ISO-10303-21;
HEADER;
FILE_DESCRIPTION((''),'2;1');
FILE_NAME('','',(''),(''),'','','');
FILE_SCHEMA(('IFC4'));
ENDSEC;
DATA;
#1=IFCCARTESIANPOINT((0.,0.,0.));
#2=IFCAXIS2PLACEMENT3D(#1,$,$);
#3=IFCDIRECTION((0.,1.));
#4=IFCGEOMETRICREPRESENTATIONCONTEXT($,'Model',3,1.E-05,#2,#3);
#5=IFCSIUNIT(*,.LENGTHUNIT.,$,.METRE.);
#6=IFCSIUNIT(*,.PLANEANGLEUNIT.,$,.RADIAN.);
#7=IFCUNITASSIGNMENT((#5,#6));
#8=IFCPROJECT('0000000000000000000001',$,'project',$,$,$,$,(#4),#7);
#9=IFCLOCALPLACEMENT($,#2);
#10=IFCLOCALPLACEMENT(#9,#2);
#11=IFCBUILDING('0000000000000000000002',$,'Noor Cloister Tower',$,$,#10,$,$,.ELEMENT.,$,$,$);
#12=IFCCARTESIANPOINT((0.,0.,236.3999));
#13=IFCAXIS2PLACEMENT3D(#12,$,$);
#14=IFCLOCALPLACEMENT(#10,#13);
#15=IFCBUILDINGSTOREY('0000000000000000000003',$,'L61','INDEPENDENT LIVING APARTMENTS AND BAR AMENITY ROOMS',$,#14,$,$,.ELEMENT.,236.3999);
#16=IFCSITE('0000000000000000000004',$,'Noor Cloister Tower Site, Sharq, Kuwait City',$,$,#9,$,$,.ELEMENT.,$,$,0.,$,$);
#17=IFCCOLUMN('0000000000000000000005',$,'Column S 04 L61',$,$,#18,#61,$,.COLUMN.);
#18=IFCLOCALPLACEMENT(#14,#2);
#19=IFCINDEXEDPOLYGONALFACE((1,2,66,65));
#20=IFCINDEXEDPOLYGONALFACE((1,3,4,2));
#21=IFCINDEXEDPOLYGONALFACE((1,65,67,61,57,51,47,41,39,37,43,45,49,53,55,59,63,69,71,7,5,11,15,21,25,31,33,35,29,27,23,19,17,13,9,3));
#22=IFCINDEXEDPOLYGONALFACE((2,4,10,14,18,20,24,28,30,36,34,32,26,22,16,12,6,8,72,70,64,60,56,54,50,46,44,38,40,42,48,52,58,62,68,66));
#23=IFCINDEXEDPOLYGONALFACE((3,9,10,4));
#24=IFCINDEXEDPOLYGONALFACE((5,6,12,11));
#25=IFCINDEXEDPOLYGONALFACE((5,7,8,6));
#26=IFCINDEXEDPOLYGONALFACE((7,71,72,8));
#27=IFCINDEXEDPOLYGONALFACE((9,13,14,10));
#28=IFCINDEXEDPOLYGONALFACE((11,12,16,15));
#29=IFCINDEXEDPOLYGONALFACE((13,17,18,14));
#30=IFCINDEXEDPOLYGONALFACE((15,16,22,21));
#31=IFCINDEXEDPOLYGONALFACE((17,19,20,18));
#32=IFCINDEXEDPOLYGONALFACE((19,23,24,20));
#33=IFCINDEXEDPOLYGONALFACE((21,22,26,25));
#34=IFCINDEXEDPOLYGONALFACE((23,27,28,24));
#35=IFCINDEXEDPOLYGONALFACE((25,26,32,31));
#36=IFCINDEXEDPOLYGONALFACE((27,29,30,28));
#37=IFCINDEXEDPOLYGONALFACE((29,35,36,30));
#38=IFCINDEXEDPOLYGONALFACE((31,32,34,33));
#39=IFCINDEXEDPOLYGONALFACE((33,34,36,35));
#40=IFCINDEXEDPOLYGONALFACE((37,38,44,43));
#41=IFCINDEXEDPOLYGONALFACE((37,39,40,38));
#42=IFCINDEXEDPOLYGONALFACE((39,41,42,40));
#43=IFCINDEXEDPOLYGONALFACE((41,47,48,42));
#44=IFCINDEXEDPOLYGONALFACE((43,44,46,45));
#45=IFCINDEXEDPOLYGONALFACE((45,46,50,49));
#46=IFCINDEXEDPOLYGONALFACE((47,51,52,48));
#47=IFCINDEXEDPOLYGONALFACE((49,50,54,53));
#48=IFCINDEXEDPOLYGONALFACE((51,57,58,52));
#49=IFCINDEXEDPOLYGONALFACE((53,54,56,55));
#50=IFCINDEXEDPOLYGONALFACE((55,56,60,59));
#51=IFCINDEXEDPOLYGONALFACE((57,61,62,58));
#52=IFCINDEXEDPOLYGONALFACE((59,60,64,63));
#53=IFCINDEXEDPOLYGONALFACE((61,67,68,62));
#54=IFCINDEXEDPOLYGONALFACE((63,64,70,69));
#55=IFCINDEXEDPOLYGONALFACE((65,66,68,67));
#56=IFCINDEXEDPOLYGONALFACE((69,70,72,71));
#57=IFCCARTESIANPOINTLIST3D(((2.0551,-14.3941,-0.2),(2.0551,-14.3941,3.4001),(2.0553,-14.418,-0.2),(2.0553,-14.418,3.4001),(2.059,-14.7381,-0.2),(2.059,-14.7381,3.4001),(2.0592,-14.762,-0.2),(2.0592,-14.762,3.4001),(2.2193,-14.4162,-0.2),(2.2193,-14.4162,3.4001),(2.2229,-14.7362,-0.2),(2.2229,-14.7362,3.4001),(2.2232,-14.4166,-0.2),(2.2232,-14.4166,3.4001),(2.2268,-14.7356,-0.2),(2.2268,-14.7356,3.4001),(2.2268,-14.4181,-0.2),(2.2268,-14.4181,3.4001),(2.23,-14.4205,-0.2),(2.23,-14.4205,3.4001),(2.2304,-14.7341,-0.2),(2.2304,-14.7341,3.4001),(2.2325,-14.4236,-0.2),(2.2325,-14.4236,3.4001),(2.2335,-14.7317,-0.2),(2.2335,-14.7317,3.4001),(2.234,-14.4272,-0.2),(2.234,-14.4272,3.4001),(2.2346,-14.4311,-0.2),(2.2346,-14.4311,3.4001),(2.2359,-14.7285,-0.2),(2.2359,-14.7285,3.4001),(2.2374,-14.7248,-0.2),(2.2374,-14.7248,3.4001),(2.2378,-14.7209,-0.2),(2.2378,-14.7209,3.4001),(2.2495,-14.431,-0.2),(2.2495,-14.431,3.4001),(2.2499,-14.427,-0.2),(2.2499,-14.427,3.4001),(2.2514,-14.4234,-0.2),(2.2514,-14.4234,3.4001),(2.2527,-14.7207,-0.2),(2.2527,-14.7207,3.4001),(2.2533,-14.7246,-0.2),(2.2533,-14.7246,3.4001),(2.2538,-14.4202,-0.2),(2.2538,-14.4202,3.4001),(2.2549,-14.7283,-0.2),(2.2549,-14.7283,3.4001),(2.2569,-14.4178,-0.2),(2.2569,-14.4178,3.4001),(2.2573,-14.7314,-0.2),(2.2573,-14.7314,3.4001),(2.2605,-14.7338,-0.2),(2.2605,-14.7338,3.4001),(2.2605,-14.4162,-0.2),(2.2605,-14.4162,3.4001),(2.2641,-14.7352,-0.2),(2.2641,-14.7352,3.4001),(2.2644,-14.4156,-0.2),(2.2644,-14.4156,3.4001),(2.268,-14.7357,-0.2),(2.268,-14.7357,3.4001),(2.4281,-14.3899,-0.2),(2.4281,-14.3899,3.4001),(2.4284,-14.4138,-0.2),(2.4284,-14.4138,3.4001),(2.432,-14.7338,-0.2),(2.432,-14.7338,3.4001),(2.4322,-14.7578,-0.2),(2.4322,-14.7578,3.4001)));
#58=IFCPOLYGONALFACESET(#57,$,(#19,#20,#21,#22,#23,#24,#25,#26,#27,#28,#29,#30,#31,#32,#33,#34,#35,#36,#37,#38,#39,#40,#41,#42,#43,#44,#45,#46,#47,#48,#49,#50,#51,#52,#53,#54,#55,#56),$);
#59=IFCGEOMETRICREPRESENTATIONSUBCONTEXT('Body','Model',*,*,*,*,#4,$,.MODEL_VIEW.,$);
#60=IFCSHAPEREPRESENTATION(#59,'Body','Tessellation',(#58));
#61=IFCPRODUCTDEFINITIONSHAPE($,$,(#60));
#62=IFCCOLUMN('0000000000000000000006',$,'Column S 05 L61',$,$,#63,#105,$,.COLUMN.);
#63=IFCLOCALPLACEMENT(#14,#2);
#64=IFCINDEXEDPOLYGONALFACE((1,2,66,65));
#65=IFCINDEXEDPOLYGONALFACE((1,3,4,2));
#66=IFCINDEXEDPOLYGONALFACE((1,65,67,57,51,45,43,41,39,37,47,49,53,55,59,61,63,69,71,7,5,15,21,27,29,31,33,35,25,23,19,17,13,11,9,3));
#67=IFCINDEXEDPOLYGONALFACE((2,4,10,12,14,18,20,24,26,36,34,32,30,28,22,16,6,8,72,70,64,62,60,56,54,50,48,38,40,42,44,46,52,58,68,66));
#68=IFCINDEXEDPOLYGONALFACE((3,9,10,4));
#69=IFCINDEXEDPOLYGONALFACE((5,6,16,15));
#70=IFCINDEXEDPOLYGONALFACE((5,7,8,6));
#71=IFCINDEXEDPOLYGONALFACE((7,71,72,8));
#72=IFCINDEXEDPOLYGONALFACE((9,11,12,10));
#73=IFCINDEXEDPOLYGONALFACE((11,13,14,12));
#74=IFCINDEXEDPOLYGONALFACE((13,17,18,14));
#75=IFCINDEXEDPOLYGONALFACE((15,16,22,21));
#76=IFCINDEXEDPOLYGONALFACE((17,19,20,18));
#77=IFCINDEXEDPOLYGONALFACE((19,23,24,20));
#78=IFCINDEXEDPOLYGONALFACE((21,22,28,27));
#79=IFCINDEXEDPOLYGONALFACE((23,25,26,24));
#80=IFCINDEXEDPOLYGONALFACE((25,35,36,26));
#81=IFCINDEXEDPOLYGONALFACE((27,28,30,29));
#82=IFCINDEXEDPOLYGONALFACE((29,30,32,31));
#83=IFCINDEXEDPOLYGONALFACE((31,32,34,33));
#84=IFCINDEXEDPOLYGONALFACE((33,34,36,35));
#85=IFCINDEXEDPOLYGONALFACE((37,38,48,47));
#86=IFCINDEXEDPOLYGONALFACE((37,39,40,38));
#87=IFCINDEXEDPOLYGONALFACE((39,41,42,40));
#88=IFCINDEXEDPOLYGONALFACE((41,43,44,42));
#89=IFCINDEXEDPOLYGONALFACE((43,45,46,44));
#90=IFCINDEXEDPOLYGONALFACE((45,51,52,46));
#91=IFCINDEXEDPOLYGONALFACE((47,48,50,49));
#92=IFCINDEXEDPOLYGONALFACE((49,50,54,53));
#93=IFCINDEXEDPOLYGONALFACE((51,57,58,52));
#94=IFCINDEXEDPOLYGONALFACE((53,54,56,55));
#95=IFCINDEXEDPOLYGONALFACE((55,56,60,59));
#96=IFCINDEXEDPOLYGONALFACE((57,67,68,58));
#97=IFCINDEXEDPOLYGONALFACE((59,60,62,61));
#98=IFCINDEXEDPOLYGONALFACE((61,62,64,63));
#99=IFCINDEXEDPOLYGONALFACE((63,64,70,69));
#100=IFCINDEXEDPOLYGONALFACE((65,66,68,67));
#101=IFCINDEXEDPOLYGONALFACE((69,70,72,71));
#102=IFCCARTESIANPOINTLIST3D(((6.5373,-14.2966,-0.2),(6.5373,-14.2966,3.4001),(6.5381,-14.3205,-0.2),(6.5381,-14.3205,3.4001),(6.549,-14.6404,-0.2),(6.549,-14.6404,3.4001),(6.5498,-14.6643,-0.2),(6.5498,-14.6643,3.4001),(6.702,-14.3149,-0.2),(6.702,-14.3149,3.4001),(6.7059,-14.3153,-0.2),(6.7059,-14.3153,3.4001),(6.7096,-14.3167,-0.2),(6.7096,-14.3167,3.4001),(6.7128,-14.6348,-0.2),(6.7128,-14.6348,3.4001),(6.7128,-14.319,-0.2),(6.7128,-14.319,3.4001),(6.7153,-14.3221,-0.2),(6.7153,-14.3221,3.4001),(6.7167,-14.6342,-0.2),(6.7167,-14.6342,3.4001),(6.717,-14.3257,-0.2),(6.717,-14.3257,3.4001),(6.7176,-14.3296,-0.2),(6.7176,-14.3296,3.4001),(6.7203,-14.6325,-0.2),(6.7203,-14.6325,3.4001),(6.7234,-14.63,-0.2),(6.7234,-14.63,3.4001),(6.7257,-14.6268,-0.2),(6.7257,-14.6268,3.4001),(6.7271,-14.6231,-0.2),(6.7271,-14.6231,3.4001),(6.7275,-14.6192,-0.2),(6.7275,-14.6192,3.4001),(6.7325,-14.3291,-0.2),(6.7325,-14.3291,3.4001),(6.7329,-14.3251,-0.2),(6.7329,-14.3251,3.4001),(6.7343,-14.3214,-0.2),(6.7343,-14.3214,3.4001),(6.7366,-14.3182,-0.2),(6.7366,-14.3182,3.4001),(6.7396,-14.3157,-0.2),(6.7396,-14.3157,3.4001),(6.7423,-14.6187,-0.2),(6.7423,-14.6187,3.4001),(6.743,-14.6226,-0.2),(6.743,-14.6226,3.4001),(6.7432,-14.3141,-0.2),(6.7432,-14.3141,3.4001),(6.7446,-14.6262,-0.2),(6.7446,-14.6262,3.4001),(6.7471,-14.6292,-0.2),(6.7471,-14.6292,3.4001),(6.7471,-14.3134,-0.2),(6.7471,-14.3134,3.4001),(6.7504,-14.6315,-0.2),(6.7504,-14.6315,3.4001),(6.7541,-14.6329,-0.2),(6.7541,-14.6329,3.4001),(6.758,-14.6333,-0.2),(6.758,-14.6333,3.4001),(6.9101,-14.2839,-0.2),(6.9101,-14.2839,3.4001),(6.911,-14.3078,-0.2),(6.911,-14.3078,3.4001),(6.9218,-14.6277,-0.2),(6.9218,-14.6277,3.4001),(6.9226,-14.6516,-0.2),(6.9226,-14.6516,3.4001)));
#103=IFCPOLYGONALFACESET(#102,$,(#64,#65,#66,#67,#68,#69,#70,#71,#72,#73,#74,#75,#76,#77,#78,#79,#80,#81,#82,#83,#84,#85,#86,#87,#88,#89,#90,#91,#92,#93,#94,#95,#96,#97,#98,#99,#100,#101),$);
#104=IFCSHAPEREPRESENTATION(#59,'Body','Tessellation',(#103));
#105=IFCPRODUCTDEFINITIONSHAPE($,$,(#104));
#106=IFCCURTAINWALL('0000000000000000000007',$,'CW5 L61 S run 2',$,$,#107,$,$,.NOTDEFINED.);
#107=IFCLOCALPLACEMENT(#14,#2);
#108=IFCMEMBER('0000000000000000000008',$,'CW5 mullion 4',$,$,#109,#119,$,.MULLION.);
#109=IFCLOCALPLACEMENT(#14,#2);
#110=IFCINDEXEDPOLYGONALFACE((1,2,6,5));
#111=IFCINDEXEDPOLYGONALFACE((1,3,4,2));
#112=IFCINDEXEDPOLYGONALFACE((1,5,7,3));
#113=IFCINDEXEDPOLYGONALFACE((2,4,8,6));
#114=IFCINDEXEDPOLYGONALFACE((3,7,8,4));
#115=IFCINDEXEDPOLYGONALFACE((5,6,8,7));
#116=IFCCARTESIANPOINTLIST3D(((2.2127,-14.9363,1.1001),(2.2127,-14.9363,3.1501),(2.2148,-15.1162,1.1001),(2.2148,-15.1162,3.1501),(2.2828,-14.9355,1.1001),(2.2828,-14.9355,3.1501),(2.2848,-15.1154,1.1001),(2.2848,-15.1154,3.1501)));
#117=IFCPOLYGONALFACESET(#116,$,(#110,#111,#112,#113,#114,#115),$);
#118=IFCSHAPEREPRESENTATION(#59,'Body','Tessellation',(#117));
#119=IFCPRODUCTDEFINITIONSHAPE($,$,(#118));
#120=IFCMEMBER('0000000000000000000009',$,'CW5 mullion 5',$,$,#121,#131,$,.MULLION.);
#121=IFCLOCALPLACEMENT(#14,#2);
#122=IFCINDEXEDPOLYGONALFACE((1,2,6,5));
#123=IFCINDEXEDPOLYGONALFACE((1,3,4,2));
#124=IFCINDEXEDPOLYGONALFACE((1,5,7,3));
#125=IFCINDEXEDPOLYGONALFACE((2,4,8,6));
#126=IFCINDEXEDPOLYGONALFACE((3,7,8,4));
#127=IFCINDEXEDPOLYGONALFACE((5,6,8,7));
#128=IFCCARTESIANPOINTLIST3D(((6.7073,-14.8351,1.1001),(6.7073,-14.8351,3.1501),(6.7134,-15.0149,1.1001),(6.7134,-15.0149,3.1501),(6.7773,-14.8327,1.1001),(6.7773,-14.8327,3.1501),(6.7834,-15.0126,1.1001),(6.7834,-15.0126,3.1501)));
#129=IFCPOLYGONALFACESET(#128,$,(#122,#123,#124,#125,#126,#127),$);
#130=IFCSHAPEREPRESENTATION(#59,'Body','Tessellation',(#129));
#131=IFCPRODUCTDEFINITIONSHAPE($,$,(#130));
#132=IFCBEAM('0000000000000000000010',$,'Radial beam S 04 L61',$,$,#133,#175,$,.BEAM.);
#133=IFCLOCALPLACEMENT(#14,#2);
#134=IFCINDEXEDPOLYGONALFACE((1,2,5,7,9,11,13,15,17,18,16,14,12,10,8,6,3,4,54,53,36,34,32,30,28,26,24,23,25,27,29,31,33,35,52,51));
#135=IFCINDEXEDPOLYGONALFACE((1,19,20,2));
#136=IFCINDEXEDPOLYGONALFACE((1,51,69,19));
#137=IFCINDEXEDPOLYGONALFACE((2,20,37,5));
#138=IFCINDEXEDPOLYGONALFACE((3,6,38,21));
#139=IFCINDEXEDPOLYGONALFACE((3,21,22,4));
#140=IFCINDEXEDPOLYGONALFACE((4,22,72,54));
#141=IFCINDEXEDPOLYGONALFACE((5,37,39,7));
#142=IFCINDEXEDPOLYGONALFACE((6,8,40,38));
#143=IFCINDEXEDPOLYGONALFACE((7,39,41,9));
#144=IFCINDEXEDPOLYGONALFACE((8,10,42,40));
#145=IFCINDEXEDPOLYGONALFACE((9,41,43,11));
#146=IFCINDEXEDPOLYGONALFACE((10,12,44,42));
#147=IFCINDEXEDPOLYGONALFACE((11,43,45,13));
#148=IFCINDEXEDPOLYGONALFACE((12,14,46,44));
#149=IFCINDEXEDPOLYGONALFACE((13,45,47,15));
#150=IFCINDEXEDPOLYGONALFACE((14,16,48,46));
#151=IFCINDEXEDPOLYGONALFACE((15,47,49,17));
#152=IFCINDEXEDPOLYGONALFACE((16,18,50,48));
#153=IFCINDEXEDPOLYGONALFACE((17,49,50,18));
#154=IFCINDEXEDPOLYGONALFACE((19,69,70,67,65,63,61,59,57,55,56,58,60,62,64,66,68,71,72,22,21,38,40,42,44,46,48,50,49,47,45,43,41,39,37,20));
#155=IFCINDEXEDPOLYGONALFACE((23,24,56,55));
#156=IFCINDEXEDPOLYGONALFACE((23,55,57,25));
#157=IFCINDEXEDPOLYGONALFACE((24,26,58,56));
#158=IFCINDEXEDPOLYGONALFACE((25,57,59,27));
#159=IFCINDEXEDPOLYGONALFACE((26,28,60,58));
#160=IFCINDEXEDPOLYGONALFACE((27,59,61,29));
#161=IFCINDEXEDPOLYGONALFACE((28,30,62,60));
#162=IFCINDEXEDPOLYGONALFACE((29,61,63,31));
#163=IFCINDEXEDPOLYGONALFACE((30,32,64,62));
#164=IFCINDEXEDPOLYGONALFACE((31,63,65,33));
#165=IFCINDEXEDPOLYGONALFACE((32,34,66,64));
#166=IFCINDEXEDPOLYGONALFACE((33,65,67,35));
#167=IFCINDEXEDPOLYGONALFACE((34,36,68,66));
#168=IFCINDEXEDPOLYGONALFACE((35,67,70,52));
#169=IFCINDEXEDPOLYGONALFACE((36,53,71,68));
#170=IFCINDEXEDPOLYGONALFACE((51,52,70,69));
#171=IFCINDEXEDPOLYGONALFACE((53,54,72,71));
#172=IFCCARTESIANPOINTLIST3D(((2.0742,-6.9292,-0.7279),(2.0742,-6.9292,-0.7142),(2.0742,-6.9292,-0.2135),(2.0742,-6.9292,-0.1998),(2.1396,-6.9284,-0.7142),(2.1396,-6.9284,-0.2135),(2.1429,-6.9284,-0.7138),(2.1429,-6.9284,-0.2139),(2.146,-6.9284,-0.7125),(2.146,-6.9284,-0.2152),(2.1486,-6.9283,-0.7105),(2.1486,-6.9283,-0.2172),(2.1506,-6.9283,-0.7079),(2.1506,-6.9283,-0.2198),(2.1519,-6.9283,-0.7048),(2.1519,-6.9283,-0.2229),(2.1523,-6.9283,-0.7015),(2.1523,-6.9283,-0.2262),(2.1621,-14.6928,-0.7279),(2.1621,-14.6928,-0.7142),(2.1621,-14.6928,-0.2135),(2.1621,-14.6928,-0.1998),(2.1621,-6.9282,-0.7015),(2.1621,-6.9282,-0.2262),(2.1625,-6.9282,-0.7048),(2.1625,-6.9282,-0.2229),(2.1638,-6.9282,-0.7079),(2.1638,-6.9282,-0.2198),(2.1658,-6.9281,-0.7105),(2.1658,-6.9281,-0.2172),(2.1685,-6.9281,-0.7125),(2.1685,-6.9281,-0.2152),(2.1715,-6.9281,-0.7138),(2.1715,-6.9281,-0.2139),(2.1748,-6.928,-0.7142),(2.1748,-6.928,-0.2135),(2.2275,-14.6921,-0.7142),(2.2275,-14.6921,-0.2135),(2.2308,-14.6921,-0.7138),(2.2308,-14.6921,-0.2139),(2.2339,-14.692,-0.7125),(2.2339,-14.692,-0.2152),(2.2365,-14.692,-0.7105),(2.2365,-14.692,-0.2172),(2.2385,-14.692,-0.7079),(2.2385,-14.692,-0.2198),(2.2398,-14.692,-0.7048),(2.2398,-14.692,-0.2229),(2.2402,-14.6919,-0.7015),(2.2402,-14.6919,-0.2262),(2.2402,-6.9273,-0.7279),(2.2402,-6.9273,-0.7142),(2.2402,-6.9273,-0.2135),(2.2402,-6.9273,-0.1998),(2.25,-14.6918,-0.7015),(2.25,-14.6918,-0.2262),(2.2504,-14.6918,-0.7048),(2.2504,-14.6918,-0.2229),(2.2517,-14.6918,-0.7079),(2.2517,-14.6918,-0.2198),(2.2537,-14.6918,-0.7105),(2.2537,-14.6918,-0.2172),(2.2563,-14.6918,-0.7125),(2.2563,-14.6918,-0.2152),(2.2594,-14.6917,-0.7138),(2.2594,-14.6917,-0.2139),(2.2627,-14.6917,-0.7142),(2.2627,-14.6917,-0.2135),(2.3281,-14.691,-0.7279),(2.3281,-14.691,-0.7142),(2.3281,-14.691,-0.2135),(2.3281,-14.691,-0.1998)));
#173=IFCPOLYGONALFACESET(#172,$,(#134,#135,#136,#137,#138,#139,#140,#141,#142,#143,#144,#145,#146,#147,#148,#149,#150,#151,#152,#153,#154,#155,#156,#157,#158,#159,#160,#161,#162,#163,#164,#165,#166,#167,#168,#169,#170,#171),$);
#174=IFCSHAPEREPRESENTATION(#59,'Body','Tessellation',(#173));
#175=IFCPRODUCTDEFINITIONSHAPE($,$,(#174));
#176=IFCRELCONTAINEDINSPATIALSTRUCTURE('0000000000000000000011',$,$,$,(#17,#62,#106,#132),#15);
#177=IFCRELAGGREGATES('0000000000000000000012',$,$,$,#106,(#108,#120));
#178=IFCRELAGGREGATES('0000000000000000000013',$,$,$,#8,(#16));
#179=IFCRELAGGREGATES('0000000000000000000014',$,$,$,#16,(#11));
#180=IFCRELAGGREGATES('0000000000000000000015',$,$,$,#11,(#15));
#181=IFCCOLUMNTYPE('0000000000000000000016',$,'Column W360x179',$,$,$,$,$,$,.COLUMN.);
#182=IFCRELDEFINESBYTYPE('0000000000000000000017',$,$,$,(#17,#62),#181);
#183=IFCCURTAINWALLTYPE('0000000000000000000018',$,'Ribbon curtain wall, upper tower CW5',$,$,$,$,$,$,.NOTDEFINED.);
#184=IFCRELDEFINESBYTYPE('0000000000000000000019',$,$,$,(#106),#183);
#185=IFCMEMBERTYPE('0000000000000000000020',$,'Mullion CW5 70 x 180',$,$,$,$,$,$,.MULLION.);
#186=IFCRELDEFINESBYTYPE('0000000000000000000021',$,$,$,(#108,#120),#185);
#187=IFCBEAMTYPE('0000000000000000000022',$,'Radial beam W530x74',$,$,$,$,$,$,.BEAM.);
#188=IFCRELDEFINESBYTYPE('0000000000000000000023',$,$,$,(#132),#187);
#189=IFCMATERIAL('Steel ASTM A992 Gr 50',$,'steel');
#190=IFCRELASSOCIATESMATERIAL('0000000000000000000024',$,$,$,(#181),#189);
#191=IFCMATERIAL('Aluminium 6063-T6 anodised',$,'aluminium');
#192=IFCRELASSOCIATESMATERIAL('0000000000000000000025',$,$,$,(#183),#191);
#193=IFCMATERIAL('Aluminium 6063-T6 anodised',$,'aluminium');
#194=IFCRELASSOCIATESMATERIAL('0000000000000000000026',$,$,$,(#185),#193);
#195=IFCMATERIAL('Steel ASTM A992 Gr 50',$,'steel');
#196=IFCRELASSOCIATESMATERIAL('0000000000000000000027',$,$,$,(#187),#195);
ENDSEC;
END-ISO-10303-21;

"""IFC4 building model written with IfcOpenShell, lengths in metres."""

from ifc_helpers import new_model, si_unit, direction, frame, origin, origin_2d, place, context, subcontext, project, spatial, rectangle, i_section, extrude, material, material_profile, profile_set, type_object, element, aggregate, save


model = new_model("IFC4")

# Units and contexts
model_context = context("Model", 3, precision=1e-05, world=origin(), true_north=direction((0.0, 1.0)))
body_context = subcontext(model_context, "Body", "Model", "MODEL_VIEW")
ifc_project = project(units=[si_unit("LENGTHUNIT", "METRE"), si_unit("PLANEANGLEUNIT", "RADIAN")], contexts=[model_context])

# Site, building, storey
site_placement = place(None, origin())
site = spatial("IfcSite", under=ifc_project, at=site_placement, Name="Noor Cloister Tower Site, Sharq, Kuwait City", CompositionType="ELEMENT", RefElevation=0.0)
building_placement = place(site_placement, origin())
building = spatial("IfcBuilding", under=site, at=building_placement, Name="Noor Cloister Tower", CompositionType="ELEMENT")
storey_placement = place(building_placement, frame((0.0, 0.0, 236.3999)))
storey = spatial("IfcBuildingStorey", under=building, at=storey_placement, Name="L61", Description="INDEPENDENT LIVING APARTMENTS AND BAR AMENITY ROOMS", CompositionType="ELEMENT", Elevation=236.3999)

# Columns
ifc_material_1 = material(Name="Steel ASTM A992 Gr 50", Category="steel")
ifc_material_profile_1 = material_profile(ifc_material_1, i_section(OverallWidth=0.373, OverallDepth=0.3679, WebThickness=0.0149, FlangeThickness=0.0239, FilletRadius=0.0151, at=origin_2d()), Name="W360x179")
ifc_profile_set_1 = profile_set([ifc_material_profile_1], Name="Steel ASTM A992 Gr 50")
column_type = type_object("IfcColumnType", Name="Column W360x179", PredefinedType="COLUMN", material=ifc_profile_set_1)
for number, where, z_axis, x_axis, name in (
    (1, (2.2437, -14.5759, -0.2), (0.0, 0.0, 1.0), (0.999936, 0.011325, 0.0), "Column S 04 L61"),
    (2, (6.73, -14.4741, -0.2), (0.0, 0.0, 1.0), (0.999423, 0.033969, 0.0), "Column S 05 L61"),
):
    element("IfcColumn", number, at=place(storey_placement, frame(where, z_axis=z_axis, x_axis=x_axis)), inside=storey, type_object=column_type, Name=name, PredefinedType="COLUMN", context=body_context, shape_type="SweptSolid", body=[
        extrude(i_section(OverallWidth=0.373, OverallDepth=0.3679, WebThickness=0.0149, FlangeThickness=0.0239, FilletRadius=0.0151, at=origin_2d()), origin(), (0.0, 0.0, 1.0), 3.6001),
    ])

# Curtain wall, members
ifc_material_2 = material(Name="Aluminium 6063-T6 anodised", Category="aluminium")
curtain_wall_type = type_object("IfcCurtainWallType", Name="Ribbon curtain wall, upper tower CW5", PredefinedType="NOTDEFINED", material=ifc_material_2)
curtain_wall_placement = place(storey_placement, origin())
curtain_wall = element("IfcCurtainWall", 3, at=curtain_wall_placement, inside=storey, type_object=curtain_wall_type, Name="CW5 L61 S run 2", PredefinedType="NOTDEFINED")
ifc_material_3 = material(Name="Aluminium 6063-T6 anodised", Category="aluminium")
ifc_material_profile_2 = material_profile(ifc_material_3, rectangle(XDim=0.1799, YDim=0.0701, at=origin_2d()), Name="180 x 70 mullion")
ifc_profile_set_2 = profile_set([ifc_material_profile_2], Name="Aluminium 6063-T6 anodised")
member_type = type_object("IfcMemberType", Name="Mullion CW5 70 x 180", PredefinedType="MULLION", material=ifc_profile_set_2)
member_1_placement = place(storey_placement, frame((2.2488, -15.0259, 1.1001), z_axis=(0.0, 0.0, 1.0), x_axis=(-0.011325, 0.999936, 0.0)))
member_1 = element("IfcMember", 4, at=member_1_placement, type_object=member_type, Name="CW5 mullion 4", PredefinedType="MULLION", context=body_context, shape_type="SweptSolid", body=[
    extrude(rectangle(XDim=0.1799, YDim=0.0701, at=origin_2d()), origin(), (0.0, 0.0, 1.0), 2.05),
])
member_2_placement = place(storey_placement, frame((6.7454, -14.9238, 1.1001), z_axis=(0.0, 0.0, 1.0), x_axis=(-0.033969, 0.999423, 0.0)))
member_2 = element("IfcMember", 5, at=member_2_placement, type_object=member_type, Name="CW5 mullion 5", PredefinedType="MULLION", context=body_context, shape_type="SweptSolid", body=[
    extrude(rectangle(XDim=0.1799, YDim=0.0701, at=origin_2d()), origin(), (0.0, 0.0, 1.0), 2.05),
])

# Beam
ifc_material_4 = material(Name="Steel ASTM A992 Gr 50", Category="steel")
ifc_material_profile_3 = material_profile(ifc_material_4, i_section(OverallWidth=0.166, OverallDepth=0.5281, WebThickness=0.0098, FlangeThickness=0.0137, FilletRadius=0.0127, at=origin_2d()), Name="W530x74")
ifc_profile_set_3 = profile_set([ifc_material_profile_3], Name="Steel ASTM A992 Gr 50")
beam_type_1 = type_object("IfcBeamType", Name="Radial beam W530x74", PredefinedType="BEAM", material=ifc_profile_set_3)
beam_1_placement = place(storey_placement, frame((2.2451, -14.6919, -0.4639), z_axis=(-0.01132, 0.999936, 0.0), x_axis=(-0.999936, -0.01132, 0.0)))
element("IfcBeam", 6, at=beam_1_placement, inside=storey, type_object=beam_type_1, Name="Radial beam S 04 L61", PredefinedType="BEAM", context=body_context, shape_type="SweptSolid", body=[
    extrude(i_section(OverallWidth=0.166, OverallDepth=0.5281, WebThickness=0.0098, FlangeThickness=0.0137, FilletRadius=0.0127, at=origin_2d()), origin(), (0.0, 0.0, 1.0), 7.7642),
])

aggregate(curtain_wall, [member_1, member_2])

save(model, "model.ifc")
